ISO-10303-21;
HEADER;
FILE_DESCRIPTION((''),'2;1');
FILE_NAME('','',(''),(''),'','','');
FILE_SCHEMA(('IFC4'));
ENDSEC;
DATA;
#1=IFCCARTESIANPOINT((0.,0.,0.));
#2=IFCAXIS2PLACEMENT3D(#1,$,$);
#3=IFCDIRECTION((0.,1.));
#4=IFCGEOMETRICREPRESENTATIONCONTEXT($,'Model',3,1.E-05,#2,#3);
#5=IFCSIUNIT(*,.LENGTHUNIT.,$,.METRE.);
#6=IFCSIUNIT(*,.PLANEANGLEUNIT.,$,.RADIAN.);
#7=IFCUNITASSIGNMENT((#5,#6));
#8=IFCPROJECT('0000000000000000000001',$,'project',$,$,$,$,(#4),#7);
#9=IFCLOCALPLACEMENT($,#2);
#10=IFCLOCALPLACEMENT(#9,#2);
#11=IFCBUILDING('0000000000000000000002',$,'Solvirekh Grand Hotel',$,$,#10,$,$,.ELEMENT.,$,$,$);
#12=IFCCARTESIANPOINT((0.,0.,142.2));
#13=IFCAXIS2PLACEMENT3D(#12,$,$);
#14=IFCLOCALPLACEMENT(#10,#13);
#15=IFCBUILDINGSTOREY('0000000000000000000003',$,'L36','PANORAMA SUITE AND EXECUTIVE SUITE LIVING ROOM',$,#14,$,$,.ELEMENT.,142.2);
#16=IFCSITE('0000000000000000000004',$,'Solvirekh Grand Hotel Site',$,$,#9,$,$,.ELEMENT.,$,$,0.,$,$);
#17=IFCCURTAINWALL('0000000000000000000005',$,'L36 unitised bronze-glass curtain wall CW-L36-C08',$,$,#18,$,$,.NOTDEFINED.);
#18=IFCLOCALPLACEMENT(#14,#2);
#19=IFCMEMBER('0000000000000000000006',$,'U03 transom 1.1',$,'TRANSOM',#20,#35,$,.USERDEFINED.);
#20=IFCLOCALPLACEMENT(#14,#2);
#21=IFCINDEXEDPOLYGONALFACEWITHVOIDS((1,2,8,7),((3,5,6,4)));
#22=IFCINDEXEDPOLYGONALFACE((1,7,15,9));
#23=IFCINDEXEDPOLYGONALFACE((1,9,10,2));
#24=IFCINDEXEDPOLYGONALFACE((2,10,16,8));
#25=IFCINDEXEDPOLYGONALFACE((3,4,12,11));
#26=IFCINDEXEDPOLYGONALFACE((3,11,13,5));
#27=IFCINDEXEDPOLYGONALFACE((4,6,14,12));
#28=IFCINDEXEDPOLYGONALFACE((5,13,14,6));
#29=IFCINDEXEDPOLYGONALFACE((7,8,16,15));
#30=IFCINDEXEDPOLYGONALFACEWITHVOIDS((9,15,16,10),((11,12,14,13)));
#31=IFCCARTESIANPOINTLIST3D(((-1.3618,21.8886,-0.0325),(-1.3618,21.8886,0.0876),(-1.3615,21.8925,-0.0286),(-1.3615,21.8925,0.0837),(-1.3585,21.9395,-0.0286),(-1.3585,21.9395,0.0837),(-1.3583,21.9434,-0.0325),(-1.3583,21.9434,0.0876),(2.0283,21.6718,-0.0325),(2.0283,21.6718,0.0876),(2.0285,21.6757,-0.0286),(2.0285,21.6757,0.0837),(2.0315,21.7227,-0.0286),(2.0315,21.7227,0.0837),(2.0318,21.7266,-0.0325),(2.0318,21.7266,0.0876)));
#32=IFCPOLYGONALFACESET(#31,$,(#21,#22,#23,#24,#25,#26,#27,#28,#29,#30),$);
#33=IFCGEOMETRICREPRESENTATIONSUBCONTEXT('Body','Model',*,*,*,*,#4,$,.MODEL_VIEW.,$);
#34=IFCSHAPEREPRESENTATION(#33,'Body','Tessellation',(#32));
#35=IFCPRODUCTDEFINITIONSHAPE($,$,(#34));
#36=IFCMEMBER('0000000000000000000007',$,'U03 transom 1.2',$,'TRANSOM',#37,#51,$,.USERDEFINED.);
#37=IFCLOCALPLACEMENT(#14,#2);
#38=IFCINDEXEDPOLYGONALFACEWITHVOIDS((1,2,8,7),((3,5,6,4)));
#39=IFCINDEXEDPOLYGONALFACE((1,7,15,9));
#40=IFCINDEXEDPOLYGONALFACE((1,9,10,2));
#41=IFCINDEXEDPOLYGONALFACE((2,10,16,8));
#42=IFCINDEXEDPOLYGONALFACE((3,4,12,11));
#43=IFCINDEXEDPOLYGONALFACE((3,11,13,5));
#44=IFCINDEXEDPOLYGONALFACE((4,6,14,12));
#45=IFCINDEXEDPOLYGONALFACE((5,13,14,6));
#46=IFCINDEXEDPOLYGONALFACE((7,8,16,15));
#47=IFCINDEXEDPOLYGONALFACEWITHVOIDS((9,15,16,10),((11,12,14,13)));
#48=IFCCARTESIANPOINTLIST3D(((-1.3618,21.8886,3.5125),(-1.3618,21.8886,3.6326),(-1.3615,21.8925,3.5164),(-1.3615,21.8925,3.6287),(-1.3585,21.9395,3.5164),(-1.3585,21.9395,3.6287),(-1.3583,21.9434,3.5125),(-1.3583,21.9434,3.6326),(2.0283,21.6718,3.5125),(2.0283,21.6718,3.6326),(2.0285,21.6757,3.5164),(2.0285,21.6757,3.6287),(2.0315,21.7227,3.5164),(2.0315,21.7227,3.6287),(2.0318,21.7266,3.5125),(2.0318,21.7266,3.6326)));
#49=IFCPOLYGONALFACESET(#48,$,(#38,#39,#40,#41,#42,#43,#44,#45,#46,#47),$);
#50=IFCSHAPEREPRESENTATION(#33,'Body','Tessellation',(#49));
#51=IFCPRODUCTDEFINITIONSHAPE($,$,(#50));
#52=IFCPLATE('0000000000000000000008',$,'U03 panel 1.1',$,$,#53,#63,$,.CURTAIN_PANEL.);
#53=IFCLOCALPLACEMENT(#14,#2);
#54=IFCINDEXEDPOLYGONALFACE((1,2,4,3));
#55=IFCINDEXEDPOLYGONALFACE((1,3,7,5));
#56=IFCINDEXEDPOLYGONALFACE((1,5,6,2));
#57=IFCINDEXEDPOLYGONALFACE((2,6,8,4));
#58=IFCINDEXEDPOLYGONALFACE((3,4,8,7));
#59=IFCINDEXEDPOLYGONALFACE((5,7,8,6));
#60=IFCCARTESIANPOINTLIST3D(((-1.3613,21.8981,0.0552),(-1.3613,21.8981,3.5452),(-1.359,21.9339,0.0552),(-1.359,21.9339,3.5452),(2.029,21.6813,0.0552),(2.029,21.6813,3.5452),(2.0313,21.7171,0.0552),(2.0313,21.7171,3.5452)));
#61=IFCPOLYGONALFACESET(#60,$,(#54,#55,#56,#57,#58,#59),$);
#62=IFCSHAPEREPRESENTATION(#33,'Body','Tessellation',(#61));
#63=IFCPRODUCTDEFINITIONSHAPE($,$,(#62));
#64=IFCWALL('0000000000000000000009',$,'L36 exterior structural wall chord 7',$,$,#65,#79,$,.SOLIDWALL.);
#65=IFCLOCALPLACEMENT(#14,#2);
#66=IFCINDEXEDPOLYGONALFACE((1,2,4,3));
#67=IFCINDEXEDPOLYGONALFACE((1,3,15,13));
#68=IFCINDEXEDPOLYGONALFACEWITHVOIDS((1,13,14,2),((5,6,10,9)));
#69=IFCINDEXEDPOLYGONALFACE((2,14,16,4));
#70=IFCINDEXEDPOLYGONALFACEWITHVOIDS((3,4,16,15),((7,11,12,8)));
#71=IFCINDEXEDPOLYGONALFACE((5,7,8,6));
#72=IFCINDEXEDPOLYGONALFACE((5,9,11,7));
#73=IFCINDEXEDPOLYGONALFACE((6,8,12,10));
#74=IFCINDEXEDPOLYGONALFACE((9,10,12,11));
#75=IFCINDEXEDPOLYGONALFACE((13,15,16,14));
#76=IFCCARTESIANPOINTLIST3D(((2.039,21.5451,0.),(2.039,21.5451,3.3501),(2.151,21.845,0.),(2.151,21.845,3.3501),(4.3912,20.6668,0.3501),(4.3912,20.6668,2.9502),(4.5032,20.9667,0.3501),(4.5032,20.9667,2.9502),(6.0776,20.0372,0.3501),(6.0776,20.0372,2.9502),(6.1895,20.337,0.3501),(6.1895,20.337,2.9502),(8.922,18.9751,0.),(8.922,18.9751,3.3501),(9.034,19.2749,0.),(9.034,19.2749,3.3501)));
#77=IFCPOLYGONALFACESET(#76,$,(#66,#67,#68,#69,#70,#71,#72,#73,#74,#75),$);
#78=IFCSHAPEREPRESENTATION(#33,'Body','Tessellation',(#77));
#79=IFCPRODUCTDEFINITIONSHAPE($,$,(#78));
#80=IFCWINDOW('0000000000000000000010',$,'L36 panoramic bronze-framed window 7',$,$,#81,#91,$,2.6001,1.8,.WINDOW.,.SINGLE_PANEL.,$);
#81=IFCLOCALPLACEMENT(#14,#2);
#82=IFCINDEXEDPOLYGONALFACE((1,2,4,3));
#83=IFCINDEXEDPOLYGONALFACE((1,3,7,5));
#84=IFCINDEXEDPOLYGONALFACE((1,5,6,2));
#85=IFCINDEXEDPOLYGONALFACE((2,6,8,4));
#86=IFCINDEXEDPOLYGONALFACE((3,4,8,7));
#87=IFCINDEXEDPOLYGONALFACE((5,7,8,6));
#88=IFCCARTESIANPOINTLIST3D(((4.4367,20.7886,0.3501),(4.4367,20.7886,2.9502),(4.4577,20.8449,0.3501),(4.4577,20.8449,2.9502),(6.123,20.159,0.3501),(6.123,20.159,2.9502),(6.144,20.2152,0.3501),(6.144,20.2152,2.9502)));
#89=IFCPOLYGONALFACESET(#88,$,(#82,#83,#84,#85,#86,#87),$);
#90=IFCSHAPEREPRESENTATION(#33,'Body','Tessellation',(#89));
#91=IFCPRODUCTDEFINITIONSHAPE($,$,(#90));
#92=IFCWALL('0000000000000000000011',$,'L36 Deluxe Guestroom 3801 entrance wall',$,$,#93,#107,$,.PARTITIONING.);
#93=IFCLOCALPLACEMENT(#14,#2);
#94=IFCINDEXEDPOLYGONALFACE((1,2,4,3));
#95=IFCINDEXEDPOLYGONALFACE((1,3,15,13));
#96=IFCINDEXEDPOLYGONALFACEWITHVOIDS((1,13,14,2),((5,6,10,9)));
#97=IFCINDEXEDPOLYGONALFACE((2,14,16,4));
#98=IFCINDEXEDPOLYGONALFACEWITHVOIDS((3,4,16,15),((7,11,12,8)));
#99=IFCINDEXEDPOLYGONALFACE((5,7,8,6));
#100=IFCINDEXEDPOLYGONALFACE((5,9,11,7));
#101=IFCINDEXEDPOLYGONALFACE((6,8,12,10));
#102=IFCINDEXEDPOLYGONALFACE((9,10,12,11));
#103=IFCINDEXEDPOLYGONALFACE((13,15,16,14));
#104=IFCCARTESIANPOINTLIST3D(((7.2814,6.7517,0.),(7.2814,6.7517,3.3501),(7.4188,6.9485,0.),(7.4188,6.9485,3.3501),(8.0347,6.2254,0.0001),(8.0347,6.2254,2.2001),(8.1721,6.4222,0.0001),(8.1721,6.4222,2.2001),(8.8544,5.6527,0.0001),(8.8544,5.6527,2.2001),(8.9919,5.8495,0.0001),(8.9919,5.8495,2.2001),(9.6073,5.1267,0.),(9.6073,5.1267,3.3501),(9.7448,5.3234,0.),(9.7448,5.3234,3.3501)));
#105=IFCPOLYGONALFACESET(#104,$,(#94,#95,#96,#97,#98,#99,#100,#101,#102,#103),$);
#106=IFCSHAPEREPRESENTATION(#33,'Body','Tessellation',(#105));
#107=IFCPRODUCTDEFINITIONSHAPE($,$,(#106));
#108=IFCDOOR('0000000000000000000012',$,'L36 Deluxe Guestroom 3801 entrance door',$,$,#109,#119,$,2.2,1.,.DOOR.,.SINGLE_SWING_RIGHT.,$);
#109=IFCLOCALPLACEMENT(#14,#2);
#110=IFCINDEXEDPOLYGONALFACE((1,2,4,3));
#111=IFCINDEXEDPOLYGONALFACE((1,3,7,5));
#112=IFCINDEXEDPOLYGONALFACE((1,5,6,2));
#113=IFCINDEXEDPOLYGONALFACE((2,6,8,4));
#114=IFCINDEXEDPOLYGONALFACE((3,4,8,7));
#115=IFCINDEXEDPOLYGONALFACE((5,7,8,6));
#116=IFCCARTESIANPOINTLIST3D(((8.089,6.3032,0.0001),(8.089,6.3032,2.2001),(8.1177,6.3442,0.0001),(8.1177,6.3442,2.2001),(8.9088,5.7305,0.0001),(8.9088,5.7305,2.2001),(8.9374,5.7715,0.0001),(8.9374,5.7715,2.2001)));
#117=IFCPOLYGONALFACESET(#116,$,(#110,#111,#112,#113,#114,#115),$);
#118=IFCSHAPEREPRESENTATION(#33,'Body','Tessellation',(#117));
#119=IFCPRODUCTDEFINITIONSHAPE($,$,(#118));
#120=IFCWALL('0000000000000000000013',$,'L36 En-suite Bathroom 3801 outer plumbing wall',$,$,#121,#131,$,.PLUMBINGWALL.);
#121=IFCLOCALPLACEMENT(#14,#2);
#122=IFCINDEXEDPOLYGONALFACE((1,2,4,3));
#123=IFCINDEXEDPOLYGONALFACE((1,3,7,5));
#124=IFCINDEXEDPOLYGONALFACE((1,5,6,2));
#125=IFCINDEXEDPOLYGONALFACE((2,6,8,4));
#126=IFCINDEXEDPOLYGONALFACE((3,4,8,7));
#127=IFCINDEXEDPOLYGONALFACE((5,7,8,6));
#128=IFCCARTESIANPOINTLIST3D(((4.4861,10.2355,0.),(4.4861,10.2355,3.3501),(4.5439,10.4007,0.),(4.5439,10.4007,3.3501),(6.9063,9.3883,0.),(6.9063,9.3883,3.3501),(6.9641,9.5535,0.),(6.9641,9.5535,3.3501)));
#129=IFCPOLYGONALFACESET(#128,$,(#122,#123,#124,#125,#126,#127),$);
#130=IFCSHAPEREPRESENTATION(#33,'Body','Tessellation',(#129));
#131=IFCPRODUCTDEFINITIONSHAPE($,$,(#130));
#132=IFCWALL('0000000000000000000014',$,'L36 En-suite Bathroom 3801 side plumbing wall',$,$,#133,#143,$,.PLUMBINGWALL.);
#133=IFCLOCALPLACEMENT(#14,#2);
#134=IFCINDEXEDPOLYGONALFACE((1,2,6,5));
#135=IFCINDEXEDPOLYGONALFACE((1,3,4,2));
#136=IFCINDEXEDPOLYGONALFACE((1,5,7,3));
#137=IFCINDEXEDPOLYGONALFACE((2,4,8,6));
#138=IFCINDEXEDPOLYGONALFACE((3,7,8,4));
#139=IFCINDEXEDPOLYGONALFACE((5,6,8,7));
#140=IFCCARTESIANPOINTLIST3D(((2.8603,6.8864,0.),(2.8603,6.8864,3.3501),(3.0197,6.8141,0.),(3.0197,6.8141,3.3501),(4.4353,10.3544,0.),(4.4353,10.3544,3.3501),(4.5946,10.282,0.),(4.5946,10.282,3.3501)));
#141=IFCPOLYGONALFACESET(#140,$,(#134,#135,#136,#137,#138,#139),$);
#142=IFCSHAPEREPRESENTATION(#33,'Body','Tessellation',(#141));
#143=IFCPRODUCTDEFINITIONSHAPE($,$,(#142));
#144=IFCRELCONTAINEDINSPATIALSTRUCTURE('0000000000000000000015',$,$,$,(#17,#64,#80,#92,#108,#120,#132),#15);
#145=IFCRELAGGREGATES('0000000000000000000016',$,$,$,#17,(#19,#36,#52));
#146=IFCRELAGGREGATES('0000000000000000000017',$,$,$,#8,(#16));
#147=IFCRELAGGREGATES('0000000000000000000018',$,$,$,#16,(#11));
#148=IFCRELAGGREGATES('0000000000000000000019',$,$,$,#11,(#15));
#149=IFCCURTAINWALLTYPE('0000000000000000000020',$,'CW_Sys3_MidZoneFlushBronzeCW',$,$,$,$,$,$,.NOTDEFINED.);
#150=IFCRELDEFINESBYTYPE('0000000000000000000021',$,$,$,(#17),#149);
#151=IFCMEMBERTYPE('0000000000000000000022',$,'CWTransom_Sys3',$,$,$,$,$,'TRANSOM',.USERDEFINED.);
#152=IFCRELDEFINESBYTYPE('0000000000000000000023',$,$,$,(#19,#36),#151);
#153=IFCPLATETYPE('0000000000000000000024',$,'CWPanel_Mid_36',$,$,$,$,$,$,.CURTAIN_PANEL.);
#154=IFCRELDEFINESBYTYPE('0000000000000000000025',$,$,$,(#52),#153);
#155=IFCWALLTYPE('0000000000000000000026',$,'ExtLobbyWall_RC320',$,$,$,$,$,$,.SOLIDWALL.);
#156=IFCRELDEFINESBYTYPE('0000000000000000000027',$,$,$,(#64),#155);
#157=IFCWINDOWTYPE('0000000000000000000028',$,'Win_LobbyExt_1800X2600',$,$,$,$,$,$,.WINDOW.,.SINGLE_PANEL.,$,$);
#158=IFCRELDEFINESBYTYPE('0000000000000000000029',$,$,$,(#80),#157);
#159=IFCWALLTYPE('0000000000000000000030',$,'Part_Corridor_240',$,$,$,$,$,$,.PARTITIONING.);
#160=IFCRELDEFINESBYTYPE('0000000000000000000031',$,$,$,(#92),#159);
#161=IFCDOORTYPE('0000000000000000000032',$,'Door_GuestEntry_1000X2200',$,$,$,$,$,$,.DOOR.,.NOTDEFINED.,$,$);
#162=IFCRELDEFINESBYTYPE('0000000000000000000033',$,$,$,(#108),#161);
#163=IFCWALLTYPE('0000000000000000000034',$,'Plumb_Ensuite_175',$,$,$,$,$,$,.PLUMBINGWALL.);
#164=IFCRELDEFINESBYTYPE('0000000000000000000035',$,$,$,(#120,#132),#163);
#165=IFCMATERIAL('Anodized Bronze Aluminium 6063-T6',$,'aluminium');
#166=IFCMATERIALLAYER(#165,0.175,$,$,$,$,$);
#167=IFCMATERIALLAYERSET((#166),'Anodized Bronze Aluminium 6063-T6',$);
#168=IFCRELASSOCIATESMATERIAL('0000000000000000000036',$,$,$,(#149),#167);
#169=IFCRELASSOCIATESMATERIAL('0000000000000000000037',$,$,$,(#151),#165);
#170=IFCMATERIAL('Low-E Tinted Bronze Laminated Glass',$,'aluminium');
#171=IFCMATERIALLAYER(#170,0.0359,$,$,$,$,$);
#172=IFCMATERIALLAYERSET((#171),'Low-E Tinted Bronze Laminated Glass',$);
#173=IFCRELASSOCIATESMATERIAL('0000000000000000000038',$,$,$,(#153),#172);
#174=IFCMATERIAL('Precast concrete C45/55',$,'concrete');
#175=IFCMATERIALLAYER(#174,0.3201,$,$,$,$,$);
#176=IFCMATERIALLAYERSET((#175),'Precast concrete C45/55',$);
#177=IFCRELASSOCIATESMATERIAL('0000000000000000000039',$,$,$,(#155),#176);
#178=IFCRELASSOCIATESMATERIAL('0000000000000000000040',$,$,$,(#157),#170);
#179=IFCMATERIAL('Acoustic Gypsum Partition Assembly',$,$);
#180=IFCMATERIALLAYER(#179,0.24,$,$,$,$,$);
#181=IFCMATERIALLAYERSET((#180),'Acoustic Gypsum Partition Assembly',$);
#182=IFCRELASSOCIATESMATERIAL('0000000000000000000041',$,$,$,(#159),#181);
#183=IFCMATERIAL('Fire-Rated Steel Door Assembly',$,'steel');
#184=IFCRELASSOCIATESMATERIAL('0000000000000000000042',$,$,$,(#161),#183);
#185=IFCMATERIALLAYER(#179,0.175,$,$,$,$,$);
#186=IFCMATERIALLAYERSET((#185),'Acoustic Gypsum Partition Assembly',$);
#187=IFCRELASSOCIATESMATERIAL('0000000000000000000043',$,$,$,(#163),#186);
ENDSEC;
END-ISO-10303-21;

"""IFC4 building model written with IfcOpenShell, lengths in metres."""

from ifc_helpers import new_model, si_unit, direction, frame, frame_2d, origin, origin_2d, place, context, subcontext, project, spatial, rectangle, hollow_rectangle, extrude, source, transform, mapped, material, layer, layer_set, material_profile, profile_set, type_object, element, fill, aggregate, save


model = new_model("IFC4")

# Units and contexts
model_context = context("Model", 3, precision=1e-05, world=origin(), true_north=direction((0.0, 1.0)))
body_context = subcontext(model_context, "Body", "Model", "MODEL_VIEW")
ifc_project = project(units=[si_unit("LENGTHUNIT", "METRE"), si_unit("PLANEANGLEUNIT", "RADIAN")], contexts=[model_context])

# Site, building, storey
site_placement = place(None, origin())
site = spatial("IfcSite", under=ifc_project, at=site_placement, Name="Solvirekh Grand Hotel Site", CompositionType="ELEMENT", RefElevation=0.0)
building_placement = place(site_placement, origin())
building = spatial("IfcBuilding", under=site, at=building_placement, Name="Solvirekh Grand Hotel", CompositionType="ELEMENT")
storey_placement = place(building_placement, frame((0.0, 0.0, 142.2)))
storey = spatial("IfcBuildingStorey", under=building, at=storey_placement, Name="L36", Description="PANORAMA SUITE AND EXECUTIVE SUITE LIVING ROOM", CompositionType="ELEMENT", Elevation=142.2)

# Curtain wall, members, plate
ifc_material_1 = material(Name="Anodized Bronze Aluminium 6063-T6", Category="aluminium")
ifc_layer_1 = layer(ifc_material_1, 0.175)
ifc_layer_set_1 = layer_set([ifc_layer_1], Name="Anodized Bronze Aluminium 6063-T6")
curtain_wall_type = type_object("IfcCurtainWallType", Name="CW_Sys3_MidZoneFlushBronzeCW", PredefinedType="NOTDEFINED", material=ifc_layer_set_1)
curtain_wall_placement = place(storey_placement, origin())
curtain_wall = element("IfcCurtainWall", 1, at=curtain_wall_placement, inside=storey, type_object=curtain_wall_type, Name="L36 unitised bronze-glass curtain wall CW-L36-C08", PredefinedType="NOTDEFINED")
ifc_material_profile_1 = material_profile(ifc_material_1, hollow_rectangle(XDim=0.0549, YDim=0.1201, WallThickness=0.0039, at=origin_2d()), Name="ALU RHS 120X55X4")
ifc_profile_set_1 = profile_set([ifc_material_profile_1], Name="Anodized Bronze Aluminium 6063-T6")
member_type_1 = type_object("IfcMemberType", Name="CWTransom_Sys3", ElementType="TRANSOM", PredefinedType="USERDEFINED", material=ifc_profile_set_1)
shared_shape_1 = source(origin(), body_context, "Body", "SweptSolid", [
    extrude(hollow_rectangle(XDim=0.0549, YDim=0.1201, WallThickness=0.0039, at=origin_2d()), origin(), (0.0, 0.0, 1.0), 3.397),
])
member_1_placement = place(storey_placement, frame((2.03, 21.6992, 0.0276), z_axis=(-0.997961, 0.063819, 0.0), x_axis=(-0.063819, -0.997961, 0.0)))
member_1 = element("IfcMember", 2, at=member_1_placement, type_object=member_type_1, Name="U03 transom 1.1", ObjectType="TRANSOM", PredefinedType="USERDEFINED", context=body_context, shape_type="MappedRepresentation", body=[
    mapped(shared_shape_1, transform((0.0, 0.0, 0.0), x_axis=(1.0, 0.0, 0.0), y_axis=(0.0, 1.0, 0.0), z_axis=(0.0, 0.0, 1.0), scale=1.0)),
])
member_2_placement = place(storey_placement, frame((2.03, 21.6992, 3.5725), z_axis=(-0.997961, 0.063819, 0.0), x_axis=(-0.063819, -0.997961, 0.0)))
member_2 = element("IfcMember", 3, at=member_2_placement, type_object=member_type_1, Name="U03 transom 1.2", ObjectType="TRANSOM", PredefinedType="USERDEFINED", context=body_context, shape_type="MappedRepresentation", body=[
    mapped(shared_shape_1, transform((0.0, 0.0, 0.0), x_axis=(1.0, 0.0, 0.0), y_axis=(0.0, 1.0, 0.0), z_axis=(0.0, 0.0, 1.0), scale=1.0)),
])
ifc_material_2 = material(Name="Low-E Tinted Bronze Laminated Glass", Category="aluminium")
ifc_layer_2 = layer(ifc_material_2, 0.0359)
ifc_layer_set_2 = layer_set([ifc_layer_2], Name="Low-E Tinted Bronze Laminated Glass")
plate_type = type_object("IfcPlateType", Name="CWPanel_Mid_36", PredefinedType="CURTAIN_PANEL", material=ifc_layer_set_2)
shared_shape_2 = source(origin(), body_context, "Body", "SweptSolid", [
    extrude(rectangle(XDim=3.3972, YDim=0.0359, at=origin_2d()), origin(), (0.0, 0.0, 1.0), 3.49),
])
plate_placement = place(storey_placement, frame((0.335, 21.8076, 0.0552), z_axis=(0.0, 0.0, 1.0), x_axis=(-0.997962, 0.063812, 0.0)))
plate = element("IfcPlate", 4, at=plate_placement, type_object=plate_type, Name="U03 panel 1.1", PredefinedType="CURTAIN_PANEL", context=body_context, shape_type="MappedRepresentation", body=[
    mapped(shared_shape_2, transform((0.0, 0.0, 0.0), x_axis=(1.0, 0.0, 0.0), y_axis=(0.0, 1.0, 0.0), z_axis=(0.0, 0.0, 1.0), scale=1.0)),
])
aggregate(curtain_wall, [member_1, member_2, plate])

# Wall, opening, window
ifc_material_3 = material(Name="Precast concrete C45/55", Category="concrete")
ifc_layer_3 = layer(ifc_material_3, 0.3201)
ifc_layer_set_3 = layer_set([ifc_layer_3], Name="Precast concrete C45/55")
wall_type_1 = type_object("IfcWallType", Name="ExtLobbyWall_RC320", PredefinedType="SOLIDWALL", material=ifc_layer_set_3)
wall_1_placement = place(storey_placement, frame((2.095, 21.6951, 0.0), z_axis=(0.0, 0.0, 1.0), x_axis=(0.936824, -0.349801, 0.0)))
wall_1 = element("IfcWall", 5, at=wall_1_placement, inside=storey, type_object=wall_type_1, Name="L36 exterior structural wall chord 7", PredefinedType="SOLIDWALL", context=body_context, shape_type="SweptSolid", body=[
    extrude(rectangle(XDim=7.3472, YDim=0.3201, at=frame_2d((3.6736, 0.0))), origin(), (0.0, 0.0, 1.0), 3.3501),
])
opening_1_placement = place(wall_1_placement, frame((2.511, 0.0, 0.3501)))
opening_1 = element("IfcOpeningElement", 6, at=opening_1_placement, cuts=wall_1, PredefinedType="OPENING", context=body_context, shape_type="SweptSolid", body=[
    extrude(rectangle(XDim=1.8, YDim=2.6001, at=frame_2d((0.8999, 1.3))), frame((0.0, 0.1699, 0.0), z_axis=(0.0, -1.0, 0.0), x_axis=(1.0, 0.0, 0.0)), (0.0, 0.0, 1.0), 0.3401),
])
window_type = type_object("IfcWindowType", Name="Win_LobbyExt_1800X2600", PartitioningType="SINGLE_PANEL", PredefinedType="WINDOW", material=ifc_material_2)
window_placement = place(opening_1_placement, origin())
window = element("IfcWindow", 7, at=window_placement, inside=storey, type_object=window_type, Name="L36 panoramic bronze-framed window 7", OverallHeight=2.6001, OverallWidth=1.8, PartitioningType="SINGLE_PANEL", PredefinedType="WINDOW", context=body_context, shape_type="SweptSolid", body=[
    extrude(rectangle(XDim=1.8, YDim=2.6001, at=frame_2d((0.8999, 1.3))), frame((0.0, 0.03, 0.0), z_axis=(0.0, -1.0, 0.0), x_axis=(1.0, 0.0, 0.0)), (0.0, 0.0, 1.0), 0.0601),
])
fill(opening_1, window)

# Wall, opening, door
ifc_material_4 = material(Name="Acoustic Gypsum Partition Assembly")
ifc_layer_4 = layer(ifc_material_4, 0.24)
ifc_layer_set_4 = layer_set([ifc_layer_4], Name="Acoustic Gypsum Partition Assembly")
wall_type_2 = type_object("IfcWallType", Name="Part_Corridor_240", PredefinedType="PARTITIONING", material=ifc_layer_set_4)
wall_2_placement = place(storey_placement, frame((7.3501, 6.8501, 0.0), z_axis=(0.0, 0.0, 1.0), x_axis=(0.819753, -0.572717, 0.0)))
wall_2 = element("IfcWall", 8, at=wall_2_placement, inside=storey, type_object=wall_type_2, Name="L36 Deluxe Guestroom 3801 entrance wall", PredefinedType="PARTITIONING", context=body_context, shape_type="SweptSolid", body=[
    extrude(rectangle(XDim=2.8374, YDim=0.24, at=frame_2d((1.4187, 0.0))), origin(), (0.0, 0.0, 1.0), 3.3501),
])
opening_2_placement = place(wall_2_placement, frame((0.9189, 0.0, 0.0)))
opening_2 = element("IfcOpeningElement", 9, at=opening_2_placement, cuts=wall_2, PredefinedType="OPENING", context=body_context, shape_type="SweptSolid", body=[
    extrude(rectangle(XDim=1.0, YDim=2.2, at=frame_2d((0.5, 1.1001))), frame((0.0, 0.1299, 0.0), z_axis=(0.0, -1.0, 0.0), x_axis=(1.0, 0.0, 0.0)), (0.0, 0.0, 1.0), 0.26),
])
ifc_material_5 = material(Name="Fire-Rated Steel Door Assembly", Category="steel")
door_type_1 = type_object("IfcDoorType", Name="Door_GuestEntry_1000X2200", OperationType="NOTDEFINED", PredefinedType="DOOR", material=ifc_material_5)
door_1_placement = place(opening_2_placement, origin())
door_1 = element("IfcDoor", 10, at=door_1_placement, inside=storey, type_object=door_type_1, Name="L36 Deluxe Guestroom 3801 entrance door", OperationType="SINGLE_SWING_RIGHT", OverallHeight=2.2, OverallWidth=1.0, PredefinedType="DOOR", context=body_context, shape_type="SweptSolid", body=[
    extrude(rectangle(XDim=1.0, YDim=2.2, at=frame_2d((0.5, 1.1001))), frame((0.0, 0.0249, 0.0), z_axis=(0.0, -1.0, 0.0), x_axis=(1.0, 0.0, 0.0)), (0.0, 0.0, 1.0), 0.05),
])
fill(opening_2, door_1)

# Walls
ifc_layer_5 = layer(ifc_material_4, 0.175)
ifc_layer_set_5 = layer_set([ifc_layer_5], Name="Acoustic Gypsum Partition Assembly")
wall_type_3 = type_object("IfcWallType", Name="Plumb_Ensuite_175", PredefinedType="PLUMBINGWALL", material=ifc_layer_set_5)
wall_3_placement = place(storey_placement, frame((4.5149, 10.3181, 0.0), z_axis=(0.0, 0.0, 1.0), x_axis=(0.943845, -0.330389, 0.0)))
element("IfcWall", 11, at=wall_3_placement, inside=storey, type_object=wall_type_3, Name="L36 En-suite Bathroom 3801 outer plumbing wall", PredefinedType="PLUMBINGWALL", context=body_context, shape_type="SweptSolid", body=[
    extrude(rectangle(XDim=2.5642, YDim=0.175, at=frame_2d((1.2822, 0.0))), origin(), (0.0, 0.0, 1.0), 3.3501),
])
wall_4_placement = place(storey_placement, frame((4.5149, 10.3181, 0.0), z_axis=(0.0, 0.0, 1.0), x_axis=(-0.413494, -0.910507, 0.0)))
element("IfcWall", 12, at=wall_4_placement, inside=storey, type_object=wall_type_3, Name="L36 En-suite Bathroom 3801 side plumbing wall", PredefinedType="PLUMBINGWALL", context=body_context, shape_type="SweptSolid", body=[
    extrude(rectangle(XDim=3.8088, YDim=0.175, at=frame_2d((1.9043, 0.0))), origin(), (0.0, 0.0, 1.0), 3.3501),
])

save(model, "model.ifc")
